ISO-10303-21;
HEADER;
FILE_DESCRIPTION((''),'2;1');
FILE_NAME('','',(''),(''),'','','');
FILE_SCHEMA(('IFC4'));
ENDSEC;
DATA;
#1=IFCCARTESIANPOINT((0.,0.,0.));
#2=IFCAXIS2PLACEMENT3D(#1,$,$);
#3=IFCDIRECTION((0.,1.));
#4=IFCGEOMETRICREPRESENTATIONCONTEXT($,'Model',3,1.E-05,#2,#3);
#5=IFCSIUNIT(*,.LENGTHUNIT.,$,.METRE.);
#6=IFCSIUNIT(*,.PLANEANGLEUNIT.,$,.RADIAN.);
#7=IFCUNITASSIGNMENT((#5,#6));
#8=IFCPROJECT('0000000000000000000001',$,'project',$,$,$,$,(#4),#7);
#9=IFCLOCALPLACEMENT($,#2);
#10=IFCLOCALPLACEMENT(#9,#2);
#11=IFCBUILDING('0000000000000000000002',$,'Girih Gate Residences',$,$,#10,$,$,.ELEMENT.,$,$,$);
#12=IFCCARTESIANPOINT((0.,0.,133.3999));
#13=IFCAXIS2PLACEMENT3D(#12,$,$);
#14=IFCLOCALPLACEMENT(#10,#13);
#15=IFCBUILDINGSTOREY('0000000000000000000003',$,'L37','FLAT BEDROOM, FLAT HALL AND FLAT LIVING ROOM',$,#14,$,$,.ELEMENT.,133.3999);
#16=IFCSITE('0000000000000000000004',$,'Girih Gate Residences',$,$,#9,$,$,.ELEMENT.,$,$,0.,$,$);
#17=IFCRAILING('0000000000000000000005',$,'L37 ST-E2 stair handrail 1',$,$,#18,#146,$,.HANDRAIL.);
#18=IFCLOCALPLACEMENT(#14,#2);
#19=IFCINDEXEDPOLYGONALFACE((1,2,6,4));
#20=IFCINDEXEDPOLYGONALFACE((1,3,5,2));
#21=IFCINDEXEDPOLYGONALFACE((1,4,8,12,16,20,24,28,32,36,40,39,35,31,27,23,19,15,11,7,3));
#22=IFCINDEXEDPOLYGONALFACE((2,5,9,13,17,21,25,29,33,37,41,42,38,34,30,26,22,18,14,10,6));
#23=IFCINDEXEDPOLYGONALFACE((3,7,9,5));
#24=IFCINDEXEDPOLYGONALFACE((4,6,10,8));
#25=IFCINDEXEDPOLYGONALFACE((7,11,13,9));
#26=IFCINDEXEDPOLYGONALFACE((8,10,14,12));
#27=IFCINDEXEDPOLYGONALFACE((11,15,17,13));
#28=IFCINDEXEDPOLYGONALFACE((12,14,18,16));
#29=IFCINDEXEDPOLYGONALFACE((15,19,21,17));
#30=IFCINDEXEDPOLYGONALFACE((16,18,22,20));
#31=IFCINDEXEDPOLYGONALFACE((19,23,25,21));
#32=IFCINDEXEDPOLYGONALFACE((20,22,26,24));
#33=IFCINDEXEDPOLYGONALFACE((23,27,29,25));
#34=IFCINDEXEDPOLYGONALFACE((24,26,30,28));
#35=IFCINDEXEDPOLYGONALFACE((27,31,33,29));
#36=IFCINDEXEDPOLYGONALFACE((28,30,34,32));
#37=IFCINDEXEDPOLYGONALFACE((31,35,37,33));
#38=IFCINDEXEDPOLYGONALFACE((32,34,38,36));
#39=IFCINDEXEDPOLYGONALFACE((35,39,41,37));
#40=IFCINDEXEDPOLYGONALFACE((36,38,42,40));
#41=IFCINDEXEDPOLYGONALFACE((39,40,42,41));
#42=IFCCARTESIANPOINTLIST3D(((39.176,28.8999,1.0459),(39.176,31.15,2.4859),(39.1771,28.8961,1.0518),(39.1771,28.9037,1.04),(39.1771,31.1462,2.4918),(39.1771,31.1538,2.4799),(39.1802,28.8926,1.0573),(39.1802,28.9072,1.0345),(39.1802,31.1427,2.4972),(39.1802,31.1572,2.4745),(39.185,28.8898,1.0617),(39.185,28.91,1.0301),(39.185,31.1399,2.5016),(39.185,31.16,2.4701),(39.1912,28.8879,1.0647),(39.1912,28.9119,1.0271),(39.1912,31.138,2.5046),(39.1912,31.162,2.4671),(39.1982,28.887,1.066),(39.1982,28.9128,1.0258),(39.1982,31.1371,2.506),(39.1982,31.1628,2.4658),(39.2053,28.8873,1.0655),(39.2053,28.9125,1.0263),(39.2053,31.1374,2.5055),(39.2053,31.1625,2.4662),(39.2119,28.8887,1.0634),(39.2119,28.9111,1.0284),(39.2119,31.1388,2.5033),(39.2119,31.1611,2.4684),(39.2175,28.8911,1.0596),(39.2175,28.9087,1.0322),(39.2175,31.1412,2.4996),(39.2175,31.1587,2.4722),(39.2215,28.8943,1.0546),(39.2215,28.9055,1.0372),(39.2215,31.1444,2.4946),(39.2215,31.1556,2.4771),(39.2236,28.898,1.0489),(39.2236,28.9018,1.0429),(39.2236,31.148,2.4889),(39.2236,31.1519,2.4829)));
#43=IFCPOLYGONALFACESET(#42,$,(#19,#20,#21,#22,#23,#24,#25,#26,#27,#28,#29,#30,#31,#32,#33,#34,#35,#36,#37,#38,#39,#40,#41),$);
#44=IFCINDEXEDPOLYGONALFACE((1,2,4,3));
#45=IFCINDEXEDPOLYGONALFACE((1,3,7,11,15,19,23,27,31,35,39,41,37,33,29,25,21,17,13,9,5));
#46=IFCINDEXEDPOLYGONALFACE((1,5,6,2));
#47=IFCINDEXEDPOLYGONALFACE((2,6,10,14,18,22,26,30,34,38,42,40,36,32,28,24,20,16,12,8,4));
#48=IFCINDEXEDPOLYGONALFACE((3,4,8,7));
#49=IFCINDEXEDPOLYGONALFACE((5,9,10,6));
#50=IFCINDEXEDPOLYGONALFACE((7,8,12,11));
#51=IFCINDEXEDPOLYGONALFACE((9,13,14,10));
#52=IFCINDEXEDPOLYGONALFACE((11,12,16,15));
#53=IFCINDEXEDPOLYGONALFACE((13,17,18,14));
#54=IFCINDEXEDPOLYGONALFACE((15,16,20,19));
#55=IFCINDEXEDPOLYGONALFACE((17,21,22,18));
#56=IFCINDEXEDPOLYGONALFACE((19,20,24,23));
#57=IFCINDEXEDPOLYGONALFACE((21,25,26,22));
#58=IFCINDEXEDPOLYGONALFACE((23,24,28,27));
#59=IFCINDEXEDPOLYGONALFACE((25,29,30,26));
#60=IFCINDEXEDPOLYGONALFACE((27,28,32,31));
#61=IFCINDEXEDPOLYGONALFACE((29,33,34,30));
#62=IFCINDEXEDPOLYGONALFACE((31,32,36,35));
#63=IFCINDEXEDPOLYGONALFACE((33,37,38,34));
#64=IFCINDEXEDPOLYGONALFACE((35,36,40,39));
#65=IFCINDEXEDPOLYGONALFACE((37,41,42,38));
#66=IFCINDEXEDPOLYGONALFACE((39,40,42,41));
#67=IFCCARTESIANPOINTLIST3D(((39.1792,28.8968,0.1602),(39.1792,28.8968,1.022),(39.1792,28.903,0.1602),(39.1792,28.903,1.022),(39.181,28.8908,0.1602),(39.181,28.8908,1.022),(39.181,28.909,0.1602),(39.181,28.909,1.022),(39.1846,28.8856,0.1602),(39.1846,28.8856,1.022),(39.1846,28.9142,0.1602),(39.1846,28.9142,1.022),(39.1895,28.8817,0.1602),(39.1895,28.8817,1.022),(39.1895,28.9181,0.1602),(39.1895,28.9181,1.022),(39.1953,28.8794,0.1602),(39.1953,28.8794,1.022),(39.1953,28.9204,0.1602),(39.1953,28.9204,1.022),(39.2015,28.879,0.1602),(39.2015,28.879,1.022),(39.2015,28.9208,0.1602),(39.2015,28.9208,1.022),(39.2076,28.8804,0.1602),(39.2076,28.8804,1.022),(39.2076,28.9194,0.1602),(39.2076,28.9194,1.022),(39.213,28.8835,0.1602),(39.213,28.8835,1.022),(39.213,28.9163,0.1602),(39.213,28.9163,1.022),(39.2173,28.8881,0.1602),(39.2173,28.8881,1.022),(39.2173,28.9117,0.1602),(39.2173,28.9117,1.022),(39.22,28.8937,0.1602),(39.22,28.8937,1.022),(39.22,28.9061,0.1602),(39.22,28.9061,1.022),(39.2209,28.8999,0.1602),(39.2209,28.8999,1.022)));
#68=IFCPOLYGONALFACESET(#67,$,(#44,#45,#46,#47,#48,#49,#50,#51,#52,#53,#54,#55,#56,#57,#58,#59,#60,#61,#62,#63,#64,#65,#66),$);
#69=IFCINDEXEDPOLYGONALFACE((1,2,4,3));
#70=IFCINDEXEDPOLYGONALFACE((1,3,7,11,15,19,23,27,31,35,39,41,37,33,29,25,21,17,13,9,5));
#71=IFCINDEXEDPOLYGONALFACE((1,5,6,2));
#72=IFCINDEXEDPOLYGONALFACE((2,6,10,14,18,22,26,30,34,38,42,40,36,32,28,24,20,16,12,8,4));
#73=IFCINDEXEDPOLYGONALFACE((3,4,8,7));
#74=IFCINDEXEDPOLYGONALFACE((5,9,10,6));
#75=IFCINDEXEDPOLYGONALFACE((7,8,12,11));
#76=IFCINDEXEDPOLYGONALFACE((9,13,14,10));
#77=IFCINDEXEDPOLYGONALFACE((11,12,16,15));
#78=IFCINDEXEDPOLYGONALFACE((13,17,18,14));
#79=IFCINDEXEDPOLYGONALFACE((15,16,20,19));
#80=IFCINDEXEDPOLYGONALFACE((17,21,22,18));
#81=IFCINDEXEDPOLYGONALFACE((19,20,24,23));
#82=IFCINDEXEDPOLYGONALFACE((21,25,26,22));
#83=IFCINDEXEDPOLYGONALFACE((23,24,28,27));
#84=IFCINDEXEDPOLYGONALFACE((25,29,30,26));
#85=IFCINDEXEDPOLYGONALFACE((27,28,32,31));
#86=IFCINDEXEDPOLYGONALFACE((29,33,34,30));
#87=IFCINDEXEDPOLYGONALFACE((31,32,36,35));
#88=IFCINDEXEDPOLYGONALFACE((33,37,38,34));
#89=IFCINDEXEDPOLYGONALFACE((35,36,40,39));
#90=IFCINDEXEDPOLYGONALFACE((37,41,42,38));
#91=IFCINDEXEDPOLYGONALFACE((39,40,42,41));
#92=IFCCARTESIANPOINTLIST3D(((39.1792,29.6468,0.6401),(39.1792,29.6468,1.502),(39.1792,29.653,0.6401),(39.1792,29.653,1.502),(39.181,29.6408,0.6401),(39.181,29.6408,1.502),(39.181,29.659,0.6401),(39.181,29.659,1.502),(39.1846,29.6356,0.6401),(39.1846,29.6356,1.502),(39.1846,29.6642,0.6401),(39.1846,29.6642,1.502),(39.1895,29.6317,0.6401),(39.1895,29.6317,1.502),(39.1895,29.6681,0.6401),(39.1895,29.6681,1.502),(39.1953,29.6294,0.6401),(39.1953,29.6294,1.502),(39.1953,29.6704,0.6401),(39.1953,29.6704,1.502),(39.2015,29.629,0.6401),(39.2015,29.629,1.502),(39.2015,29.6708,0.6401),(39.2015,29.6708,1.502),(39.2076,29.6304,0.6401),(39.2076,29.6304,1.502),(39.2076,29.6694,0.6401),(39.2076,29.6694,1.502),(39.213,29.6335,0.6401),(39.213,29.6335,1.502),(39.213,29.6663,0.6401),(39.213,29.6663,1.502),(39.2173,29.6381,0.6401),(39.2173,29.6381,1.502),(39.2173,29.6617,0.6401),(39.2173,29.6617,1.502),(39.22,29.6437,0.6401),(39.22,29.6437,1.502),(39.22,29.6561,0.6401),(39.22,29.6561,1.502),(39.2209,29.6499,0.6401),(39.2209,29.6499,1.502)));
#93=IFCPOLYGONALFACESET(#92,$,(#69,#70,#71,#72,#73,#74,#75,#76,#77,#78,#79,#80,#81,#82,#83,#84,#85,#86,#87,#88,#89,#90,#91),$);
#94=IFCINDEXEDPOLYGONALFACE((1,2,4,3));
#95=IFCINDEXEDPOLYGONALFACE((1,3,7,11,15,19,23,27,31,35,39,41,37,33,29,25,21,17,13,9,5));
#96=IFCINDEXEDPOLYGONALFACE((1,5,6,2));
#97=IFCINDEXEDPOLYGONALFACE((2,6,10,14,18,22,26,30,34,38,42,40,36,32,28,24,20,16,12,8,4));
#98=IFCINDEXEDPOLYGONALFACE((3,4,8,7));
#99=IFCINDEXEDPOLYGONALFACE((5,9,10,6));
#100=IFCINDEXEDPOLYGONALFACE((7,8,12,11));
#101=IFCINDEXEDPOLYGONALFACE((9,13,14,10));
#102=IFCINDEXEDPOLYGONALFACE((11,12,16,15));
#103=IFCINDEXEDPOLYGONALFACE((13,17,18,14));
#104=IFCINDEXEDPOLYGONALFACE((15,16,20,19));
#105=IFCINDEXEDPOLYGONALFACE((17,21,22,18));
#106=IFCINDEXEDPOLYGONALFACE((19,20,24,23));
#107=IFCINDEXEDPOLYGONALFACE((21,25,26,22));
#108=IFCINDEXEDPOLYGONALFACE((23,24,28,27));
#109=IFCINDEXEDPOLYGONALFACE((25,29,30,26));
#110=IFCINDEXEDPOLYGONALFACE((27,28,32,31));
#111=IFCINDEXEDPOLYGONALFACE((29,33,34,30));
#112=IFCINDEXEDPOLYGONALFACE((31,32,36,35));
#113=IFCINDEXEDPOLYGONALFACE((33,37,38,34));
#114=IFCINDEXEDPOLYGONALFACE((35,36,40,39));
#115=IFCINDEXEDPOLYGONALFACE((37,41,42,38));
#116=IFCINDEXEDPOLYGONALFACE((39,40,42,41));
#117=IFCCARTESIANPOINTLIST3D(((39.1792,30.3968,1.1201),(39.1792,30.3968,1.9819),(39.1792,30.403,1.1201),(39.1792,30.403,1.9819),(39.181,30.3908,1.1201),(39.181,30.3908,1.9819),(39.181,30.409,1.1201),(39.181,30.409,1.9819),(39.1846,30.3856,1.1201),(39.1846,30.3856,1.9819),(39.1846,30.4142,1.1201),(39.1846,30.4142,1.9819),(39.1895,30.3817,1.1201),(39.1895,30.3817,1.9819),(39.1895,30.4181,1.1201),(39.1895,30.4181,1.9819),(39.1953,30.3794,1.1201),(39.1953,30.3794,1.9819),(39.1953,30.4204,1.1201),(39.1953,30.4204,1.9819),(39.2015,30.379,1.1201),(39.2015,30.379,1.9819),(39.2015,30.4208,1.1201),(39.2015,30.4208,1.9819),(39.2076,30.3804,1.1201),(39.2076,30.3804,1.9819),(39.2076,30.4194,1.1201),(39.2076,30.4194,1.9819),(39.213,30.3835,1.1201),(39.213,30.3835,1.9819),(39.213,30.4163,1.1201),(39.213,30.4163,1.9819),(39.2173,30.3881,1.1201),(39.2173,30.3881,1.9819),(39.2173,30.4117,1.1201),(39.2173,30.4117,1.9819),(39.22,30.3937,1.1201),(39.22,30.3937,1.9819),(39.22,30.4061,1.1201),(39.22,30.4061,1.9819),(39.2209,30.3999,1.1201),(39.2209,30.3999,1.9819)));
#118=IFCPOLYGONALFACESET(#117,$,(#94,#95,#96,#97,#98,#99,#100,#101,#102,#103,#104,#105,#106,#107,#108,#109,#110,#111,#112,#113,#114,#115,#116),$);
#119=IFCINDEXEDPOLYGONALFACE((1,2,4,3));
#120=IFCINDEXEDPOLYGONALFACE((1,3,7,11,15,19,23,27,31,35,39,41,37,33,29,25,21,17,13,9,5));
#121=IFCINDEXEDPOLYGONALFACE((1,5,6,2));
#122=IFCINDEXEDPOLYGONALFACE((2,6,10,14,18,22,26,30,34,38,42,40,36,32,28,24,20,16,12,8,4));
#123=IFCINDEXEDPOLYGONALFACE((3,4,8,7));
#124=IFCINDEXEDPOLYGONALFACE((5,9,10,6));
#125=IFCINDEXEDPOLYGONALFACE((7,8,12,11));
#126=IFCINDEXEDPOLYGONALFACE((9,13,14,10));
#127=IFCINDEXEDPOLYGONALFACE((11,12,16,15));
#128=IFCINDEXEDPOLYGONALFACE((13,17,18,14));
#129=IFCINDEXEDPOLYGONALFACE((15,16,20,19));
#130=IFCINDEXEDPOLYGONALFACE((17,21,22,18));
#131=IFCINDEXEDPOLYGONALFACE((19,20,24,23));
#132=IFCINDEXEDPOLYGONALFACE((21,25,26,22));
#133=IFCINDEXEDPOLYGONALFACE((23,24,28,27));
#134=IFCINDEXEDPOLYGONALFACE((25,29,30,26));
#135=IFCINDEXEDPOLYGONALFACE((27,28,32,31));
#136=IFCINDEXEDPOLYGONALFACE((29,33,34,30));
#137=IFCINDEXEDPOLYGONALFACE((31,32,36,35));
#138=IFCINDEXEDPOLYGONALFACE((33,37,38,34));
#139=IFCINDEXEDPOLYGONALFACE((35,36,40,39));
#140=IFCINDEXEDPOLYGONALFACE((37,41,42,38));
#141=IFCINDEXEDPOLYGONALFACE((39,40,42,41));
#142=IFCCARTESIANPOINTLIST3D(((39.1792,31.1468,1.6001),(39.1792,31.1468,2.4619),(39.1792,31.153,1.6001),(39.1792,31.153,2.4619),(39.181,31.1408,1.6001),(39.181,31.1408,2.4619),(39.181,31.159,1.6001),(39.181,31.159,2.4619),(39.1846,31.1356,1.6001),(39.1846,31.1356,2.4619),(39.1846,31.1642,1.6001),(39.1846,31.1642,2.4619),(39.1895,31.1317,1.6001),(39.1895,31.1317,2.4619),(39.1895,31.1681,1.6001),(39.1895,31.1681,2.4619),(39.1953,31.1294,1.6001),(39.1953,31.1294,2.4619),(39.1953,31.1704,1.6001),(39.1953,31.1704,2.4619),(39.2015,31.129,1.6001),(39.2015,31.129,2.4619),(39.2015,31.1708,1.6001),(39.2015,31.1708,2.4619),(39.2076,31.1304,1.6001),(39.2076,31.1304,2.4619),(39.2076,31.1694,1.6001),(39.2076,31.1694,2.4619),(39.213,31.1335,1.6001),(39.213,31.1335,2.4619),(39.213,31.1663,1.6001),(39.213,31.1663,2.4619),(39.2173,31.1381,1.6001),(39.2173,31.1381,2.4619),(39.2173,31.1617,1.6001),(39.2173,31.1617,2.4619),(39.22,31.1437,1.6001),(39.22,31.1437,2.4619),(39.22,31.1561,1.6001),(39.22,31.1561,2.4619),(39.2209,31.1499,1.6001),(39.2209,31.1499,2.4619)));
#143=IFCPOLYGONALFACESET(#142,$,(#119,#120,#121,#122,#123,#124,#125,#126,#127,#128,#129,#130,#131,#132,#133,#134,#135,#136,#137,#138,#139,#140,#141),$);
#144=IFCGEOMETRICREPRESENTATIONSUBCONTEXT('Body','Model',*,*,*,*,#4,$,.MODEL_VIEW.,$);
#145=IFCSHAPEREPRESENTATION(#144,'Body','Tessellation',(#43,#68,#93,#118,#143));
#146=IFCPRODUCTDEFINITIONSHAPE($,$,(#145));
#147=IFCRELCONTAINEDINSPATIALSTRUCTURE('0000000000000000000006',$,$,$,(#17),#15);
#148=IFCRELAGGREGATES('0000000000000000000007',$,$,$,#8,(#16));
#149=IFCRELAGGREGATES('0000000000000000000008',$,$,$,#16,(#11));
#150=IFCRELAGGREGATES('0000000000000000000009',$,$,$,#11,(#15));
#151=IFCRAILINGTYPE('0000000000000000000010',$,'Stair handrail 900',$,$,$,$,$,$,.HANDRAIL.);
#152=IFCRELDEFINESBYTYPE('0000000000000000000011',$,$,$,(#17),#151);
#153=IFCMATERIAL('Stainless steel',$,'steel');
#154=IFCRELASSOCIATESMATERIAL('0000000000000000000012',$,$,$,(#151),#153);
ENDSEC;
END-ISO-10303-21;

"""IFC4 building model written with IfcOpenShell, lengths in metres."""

from ifc_helpers import new_model, si_unit, direction, frame, origin, origin_2d, place, context, subcontext, project, spatial, circle, extrude, material, type_object, element, save


model = new_model("IFC4")

# Units and contexts
model_context = context("Model", 3, precision=1e-05, world=origin(), true_north=direction((0.0, 1.0)))
body_context = subcontext(model_context, "Body", "Model", "MODEL_VIEW")
ifc_project = project(units=[si_unit("LENGTHUNIT", "METRE"), si_unit("PLANEANGLEUNIT", "RADIAN")], contexts=[model_context])

# Site, building, storey
site_placement = place(None, origin())
site = spatial("IfcSite", under=ifc_project, at=site_placement, Name="Girih Gate Residences", CompositionType="ELEMENT", RefElevation=0.0)
building_placement = place(site_placement, origin())
building = spatial("IfcBuilding", under=site, at=building_placement, Name="Girih Gate Residences", CompositionType="ELEMENT")
storey_placement = place(building_placement, frame((0.0, 0.0, 133.3999)))
storey = spatial("IfcBuildingStorey", under=building, at=storey_placement, Name="L37", Description="FLAT BEDROOM, FLAT HALL AND FLAT LIVING ROOM", CompositionType="ELEMENT", Elevation=133.3999)

# Railing
ifc_material_1 = material(Name="Stainless steel", Category="steel")
railing_type_1 = type_object("IfcRailingType", Name="Stair handrail 900", PredefinedType="HANDRAIL", material=ifc_material_1)
railing_1_placement = place(storey_placement, frame((39.2, 28.8999, 0.1602)))
element("IfcRailing", 1, at=railing_1_placement, inside=storey, type_object=railing_type_1, Name="L37 ST-E2 stair handrail 1", PredefinedType="HANDRAIL", context=body_context, shape_type="SweptSolid", body=[
    extrude(circle(Radius=0.0239, at=origin_2d()), frame((0.0, 0.0, 0.8857), z_axis=(0.0, 0.842281, 0.539038), x_axis=(-1.0, 0.0, 0.0)), (0.0, 0.0, 1.0), 2.6714),
    extrude(circle(Radius=0.021, at=origin_2d()), origin(), (0.0, 0.0, 1.0), 0.8618),
    extrude(circle(Radius=0.021, at=origin_2d()), frame((0.0, 0.75, 0.48)), (0.0, 0.0, 1.0), 0.8618),
    extrude(circle(Radius=0.021, at=origin_2d()), frame((0.0, 1.5, 0.96)), (0.0, 0.0, 1.0), 0.8618),
    extrude(circle(Radius=0.021, at=origin_2d()), frame((0.0, 2.25, 1.4399)), (0.0, 0.0, 1.0), 0.8618),
])

save(model, "model.ifc")
